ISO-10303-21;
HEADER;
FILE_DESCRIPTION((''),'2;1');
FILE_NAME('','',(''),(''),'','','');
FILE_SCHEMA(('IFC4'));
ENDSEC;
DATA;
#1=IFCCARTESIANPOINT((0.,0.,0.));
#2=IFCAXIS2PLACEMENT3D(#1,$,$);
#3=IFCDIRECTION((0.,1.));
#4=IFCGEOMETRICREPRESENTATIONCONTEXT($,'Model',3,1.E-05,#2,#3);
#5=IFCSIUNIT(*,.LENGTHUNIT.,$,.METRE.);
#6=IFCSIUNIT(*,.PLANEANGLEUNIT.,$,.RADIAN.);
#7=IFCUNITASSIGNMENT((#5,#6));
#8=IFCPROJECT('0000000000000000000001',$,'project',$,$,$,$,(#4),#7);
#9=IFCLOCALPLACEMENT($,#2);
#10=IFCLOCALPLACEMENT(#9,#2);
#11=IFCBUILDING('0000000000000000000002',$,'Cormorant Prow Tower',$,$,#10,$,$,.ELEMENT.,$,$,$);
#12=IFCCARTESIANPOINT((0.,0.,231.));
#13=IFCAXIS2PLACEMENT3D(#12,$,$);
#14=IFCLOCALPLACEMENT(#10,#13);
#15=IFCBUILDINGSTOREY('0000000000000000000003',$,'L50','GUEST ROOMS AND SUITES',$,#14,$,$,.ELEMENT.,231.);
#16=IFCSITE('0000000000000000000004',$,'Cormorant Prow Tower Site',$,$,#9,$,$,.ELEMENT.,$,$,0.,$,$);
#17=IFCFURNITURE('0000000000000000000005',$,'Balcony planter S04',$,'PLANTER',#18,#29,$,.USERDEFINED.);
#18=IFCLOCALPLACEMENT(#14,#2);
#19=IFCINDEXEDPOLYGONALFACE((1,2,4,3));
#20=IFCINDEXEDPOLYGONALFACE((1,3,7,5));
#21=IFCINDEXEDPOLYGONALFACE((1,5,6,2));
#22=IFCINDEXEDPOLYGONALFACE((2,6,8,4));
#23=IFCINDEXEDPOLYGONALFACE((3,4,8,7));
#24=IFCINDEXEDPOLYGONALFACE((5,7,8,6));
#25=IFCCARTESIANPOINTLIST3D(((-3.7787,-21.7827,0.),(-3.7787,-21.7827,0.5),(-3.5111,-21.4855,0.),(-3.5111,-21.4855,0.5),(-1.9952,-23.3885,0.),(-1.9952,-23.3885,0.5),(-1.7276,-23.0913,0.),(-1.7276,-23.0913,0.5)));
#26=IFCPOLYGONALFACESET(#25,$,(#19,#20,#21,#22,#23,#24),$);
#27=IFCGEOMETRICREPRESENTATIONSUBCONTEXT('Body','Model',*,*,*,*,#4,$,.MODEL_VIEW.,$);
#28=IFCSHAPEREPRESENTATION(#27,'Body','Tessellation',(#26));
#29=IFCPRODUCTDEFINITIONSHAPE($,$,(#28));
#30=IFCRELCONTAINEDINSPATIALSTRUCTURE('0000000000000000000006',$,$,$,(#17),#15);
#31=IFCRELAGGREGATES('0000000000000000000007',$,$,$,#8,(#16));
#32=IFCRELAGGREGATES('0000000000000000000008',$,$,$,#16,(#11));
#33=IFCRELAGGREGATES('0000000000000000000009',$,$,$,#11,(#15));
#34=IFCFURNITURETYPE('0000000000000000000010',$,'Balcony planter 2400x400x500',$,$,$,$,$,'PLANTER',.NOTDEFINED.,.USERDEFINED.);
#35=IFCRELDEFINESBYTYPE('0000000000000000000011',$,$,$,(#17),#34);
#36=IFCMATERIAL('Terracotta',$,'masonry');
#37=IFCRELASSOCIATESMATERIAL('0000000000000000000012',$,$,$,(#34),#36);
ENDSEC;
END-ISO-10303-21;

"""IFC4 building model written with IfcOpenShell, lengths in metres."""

from ifc_helpers import new_model, si_unit, direction, frame, origin, origin_2d, place, context, subcontext, project, spatial, rectangle, extrude, material, type_object, element, save


model = new_model("IFC4")

# Units and contexts
model_context = context("Model", 3, precision=1e-05, world=origin(), true_north=direction((0.0, 1.0)))
body_context = subcontext(model_context, "Body", "Model", "MODEL_VIEW")
ifc_project = project(units=[si_unit("LENGTHUNIT", "METRE"), si_unit("PLANEANGLEUNIT", "RADIAN")], contexts=[model_context])

# Site, building, storey
site_placement = place(None, origin())
site = spatial("IfcSite", under=ifc_project, at=site_placement, Name="Cormorant Prow Tower Site", CompositionType="ELEMENT", RefElevation=0.0)
building_placement = place(site_placement, origin())
building = spatial("IfcBuilding", under=site, at=building_placement, Name="Cormorant Prow Tower", CompositionType="ELEMENT")
storey_placement = place(building_placement, frame((0.0, 0.0, 231.0)))
storey = spatial("IfcBuildingStorey", under=building, at=storey_placement, Name="L50", Description="GUEST ROOMS AND SUITES", CompositionType="ELEMENT", Elevation=231.0)

# Furniture
ifc_material_1 = material(Name="Terracotta", Category="masonry")
furniture_type = type_object("IfcFurnitureType", Name="Balcony planter 2400x400x500", ElementType="PLANTER", AssemblyPlace="NOTDEFINED", PredefinedType="USERDEFINED", material=ifc_material_1)
furniture_placement = place(storey_placement, frame((-2.7532, -22.437, 0.0), z_axis=(0.0, 0.0, 1.0), x_axis=(0.743145, -0.669131, 0.0)))
element("IfcFurniture", 1, at=furniture_placement, inside=storey, type_object=furniture_type, Name="Balcony planter S04", ObjectType="PLANTER", PredefinedType="USERDEFINED", context=body_context, shape_type="SweptSolid", body=[
    extrude(rectangle(XDim=2.3999, YDim=0.3999, at=origin_2d()), origin(), (0.0, 0.0, 1.0), 0.5),
])

save(model, "model.ifc")
